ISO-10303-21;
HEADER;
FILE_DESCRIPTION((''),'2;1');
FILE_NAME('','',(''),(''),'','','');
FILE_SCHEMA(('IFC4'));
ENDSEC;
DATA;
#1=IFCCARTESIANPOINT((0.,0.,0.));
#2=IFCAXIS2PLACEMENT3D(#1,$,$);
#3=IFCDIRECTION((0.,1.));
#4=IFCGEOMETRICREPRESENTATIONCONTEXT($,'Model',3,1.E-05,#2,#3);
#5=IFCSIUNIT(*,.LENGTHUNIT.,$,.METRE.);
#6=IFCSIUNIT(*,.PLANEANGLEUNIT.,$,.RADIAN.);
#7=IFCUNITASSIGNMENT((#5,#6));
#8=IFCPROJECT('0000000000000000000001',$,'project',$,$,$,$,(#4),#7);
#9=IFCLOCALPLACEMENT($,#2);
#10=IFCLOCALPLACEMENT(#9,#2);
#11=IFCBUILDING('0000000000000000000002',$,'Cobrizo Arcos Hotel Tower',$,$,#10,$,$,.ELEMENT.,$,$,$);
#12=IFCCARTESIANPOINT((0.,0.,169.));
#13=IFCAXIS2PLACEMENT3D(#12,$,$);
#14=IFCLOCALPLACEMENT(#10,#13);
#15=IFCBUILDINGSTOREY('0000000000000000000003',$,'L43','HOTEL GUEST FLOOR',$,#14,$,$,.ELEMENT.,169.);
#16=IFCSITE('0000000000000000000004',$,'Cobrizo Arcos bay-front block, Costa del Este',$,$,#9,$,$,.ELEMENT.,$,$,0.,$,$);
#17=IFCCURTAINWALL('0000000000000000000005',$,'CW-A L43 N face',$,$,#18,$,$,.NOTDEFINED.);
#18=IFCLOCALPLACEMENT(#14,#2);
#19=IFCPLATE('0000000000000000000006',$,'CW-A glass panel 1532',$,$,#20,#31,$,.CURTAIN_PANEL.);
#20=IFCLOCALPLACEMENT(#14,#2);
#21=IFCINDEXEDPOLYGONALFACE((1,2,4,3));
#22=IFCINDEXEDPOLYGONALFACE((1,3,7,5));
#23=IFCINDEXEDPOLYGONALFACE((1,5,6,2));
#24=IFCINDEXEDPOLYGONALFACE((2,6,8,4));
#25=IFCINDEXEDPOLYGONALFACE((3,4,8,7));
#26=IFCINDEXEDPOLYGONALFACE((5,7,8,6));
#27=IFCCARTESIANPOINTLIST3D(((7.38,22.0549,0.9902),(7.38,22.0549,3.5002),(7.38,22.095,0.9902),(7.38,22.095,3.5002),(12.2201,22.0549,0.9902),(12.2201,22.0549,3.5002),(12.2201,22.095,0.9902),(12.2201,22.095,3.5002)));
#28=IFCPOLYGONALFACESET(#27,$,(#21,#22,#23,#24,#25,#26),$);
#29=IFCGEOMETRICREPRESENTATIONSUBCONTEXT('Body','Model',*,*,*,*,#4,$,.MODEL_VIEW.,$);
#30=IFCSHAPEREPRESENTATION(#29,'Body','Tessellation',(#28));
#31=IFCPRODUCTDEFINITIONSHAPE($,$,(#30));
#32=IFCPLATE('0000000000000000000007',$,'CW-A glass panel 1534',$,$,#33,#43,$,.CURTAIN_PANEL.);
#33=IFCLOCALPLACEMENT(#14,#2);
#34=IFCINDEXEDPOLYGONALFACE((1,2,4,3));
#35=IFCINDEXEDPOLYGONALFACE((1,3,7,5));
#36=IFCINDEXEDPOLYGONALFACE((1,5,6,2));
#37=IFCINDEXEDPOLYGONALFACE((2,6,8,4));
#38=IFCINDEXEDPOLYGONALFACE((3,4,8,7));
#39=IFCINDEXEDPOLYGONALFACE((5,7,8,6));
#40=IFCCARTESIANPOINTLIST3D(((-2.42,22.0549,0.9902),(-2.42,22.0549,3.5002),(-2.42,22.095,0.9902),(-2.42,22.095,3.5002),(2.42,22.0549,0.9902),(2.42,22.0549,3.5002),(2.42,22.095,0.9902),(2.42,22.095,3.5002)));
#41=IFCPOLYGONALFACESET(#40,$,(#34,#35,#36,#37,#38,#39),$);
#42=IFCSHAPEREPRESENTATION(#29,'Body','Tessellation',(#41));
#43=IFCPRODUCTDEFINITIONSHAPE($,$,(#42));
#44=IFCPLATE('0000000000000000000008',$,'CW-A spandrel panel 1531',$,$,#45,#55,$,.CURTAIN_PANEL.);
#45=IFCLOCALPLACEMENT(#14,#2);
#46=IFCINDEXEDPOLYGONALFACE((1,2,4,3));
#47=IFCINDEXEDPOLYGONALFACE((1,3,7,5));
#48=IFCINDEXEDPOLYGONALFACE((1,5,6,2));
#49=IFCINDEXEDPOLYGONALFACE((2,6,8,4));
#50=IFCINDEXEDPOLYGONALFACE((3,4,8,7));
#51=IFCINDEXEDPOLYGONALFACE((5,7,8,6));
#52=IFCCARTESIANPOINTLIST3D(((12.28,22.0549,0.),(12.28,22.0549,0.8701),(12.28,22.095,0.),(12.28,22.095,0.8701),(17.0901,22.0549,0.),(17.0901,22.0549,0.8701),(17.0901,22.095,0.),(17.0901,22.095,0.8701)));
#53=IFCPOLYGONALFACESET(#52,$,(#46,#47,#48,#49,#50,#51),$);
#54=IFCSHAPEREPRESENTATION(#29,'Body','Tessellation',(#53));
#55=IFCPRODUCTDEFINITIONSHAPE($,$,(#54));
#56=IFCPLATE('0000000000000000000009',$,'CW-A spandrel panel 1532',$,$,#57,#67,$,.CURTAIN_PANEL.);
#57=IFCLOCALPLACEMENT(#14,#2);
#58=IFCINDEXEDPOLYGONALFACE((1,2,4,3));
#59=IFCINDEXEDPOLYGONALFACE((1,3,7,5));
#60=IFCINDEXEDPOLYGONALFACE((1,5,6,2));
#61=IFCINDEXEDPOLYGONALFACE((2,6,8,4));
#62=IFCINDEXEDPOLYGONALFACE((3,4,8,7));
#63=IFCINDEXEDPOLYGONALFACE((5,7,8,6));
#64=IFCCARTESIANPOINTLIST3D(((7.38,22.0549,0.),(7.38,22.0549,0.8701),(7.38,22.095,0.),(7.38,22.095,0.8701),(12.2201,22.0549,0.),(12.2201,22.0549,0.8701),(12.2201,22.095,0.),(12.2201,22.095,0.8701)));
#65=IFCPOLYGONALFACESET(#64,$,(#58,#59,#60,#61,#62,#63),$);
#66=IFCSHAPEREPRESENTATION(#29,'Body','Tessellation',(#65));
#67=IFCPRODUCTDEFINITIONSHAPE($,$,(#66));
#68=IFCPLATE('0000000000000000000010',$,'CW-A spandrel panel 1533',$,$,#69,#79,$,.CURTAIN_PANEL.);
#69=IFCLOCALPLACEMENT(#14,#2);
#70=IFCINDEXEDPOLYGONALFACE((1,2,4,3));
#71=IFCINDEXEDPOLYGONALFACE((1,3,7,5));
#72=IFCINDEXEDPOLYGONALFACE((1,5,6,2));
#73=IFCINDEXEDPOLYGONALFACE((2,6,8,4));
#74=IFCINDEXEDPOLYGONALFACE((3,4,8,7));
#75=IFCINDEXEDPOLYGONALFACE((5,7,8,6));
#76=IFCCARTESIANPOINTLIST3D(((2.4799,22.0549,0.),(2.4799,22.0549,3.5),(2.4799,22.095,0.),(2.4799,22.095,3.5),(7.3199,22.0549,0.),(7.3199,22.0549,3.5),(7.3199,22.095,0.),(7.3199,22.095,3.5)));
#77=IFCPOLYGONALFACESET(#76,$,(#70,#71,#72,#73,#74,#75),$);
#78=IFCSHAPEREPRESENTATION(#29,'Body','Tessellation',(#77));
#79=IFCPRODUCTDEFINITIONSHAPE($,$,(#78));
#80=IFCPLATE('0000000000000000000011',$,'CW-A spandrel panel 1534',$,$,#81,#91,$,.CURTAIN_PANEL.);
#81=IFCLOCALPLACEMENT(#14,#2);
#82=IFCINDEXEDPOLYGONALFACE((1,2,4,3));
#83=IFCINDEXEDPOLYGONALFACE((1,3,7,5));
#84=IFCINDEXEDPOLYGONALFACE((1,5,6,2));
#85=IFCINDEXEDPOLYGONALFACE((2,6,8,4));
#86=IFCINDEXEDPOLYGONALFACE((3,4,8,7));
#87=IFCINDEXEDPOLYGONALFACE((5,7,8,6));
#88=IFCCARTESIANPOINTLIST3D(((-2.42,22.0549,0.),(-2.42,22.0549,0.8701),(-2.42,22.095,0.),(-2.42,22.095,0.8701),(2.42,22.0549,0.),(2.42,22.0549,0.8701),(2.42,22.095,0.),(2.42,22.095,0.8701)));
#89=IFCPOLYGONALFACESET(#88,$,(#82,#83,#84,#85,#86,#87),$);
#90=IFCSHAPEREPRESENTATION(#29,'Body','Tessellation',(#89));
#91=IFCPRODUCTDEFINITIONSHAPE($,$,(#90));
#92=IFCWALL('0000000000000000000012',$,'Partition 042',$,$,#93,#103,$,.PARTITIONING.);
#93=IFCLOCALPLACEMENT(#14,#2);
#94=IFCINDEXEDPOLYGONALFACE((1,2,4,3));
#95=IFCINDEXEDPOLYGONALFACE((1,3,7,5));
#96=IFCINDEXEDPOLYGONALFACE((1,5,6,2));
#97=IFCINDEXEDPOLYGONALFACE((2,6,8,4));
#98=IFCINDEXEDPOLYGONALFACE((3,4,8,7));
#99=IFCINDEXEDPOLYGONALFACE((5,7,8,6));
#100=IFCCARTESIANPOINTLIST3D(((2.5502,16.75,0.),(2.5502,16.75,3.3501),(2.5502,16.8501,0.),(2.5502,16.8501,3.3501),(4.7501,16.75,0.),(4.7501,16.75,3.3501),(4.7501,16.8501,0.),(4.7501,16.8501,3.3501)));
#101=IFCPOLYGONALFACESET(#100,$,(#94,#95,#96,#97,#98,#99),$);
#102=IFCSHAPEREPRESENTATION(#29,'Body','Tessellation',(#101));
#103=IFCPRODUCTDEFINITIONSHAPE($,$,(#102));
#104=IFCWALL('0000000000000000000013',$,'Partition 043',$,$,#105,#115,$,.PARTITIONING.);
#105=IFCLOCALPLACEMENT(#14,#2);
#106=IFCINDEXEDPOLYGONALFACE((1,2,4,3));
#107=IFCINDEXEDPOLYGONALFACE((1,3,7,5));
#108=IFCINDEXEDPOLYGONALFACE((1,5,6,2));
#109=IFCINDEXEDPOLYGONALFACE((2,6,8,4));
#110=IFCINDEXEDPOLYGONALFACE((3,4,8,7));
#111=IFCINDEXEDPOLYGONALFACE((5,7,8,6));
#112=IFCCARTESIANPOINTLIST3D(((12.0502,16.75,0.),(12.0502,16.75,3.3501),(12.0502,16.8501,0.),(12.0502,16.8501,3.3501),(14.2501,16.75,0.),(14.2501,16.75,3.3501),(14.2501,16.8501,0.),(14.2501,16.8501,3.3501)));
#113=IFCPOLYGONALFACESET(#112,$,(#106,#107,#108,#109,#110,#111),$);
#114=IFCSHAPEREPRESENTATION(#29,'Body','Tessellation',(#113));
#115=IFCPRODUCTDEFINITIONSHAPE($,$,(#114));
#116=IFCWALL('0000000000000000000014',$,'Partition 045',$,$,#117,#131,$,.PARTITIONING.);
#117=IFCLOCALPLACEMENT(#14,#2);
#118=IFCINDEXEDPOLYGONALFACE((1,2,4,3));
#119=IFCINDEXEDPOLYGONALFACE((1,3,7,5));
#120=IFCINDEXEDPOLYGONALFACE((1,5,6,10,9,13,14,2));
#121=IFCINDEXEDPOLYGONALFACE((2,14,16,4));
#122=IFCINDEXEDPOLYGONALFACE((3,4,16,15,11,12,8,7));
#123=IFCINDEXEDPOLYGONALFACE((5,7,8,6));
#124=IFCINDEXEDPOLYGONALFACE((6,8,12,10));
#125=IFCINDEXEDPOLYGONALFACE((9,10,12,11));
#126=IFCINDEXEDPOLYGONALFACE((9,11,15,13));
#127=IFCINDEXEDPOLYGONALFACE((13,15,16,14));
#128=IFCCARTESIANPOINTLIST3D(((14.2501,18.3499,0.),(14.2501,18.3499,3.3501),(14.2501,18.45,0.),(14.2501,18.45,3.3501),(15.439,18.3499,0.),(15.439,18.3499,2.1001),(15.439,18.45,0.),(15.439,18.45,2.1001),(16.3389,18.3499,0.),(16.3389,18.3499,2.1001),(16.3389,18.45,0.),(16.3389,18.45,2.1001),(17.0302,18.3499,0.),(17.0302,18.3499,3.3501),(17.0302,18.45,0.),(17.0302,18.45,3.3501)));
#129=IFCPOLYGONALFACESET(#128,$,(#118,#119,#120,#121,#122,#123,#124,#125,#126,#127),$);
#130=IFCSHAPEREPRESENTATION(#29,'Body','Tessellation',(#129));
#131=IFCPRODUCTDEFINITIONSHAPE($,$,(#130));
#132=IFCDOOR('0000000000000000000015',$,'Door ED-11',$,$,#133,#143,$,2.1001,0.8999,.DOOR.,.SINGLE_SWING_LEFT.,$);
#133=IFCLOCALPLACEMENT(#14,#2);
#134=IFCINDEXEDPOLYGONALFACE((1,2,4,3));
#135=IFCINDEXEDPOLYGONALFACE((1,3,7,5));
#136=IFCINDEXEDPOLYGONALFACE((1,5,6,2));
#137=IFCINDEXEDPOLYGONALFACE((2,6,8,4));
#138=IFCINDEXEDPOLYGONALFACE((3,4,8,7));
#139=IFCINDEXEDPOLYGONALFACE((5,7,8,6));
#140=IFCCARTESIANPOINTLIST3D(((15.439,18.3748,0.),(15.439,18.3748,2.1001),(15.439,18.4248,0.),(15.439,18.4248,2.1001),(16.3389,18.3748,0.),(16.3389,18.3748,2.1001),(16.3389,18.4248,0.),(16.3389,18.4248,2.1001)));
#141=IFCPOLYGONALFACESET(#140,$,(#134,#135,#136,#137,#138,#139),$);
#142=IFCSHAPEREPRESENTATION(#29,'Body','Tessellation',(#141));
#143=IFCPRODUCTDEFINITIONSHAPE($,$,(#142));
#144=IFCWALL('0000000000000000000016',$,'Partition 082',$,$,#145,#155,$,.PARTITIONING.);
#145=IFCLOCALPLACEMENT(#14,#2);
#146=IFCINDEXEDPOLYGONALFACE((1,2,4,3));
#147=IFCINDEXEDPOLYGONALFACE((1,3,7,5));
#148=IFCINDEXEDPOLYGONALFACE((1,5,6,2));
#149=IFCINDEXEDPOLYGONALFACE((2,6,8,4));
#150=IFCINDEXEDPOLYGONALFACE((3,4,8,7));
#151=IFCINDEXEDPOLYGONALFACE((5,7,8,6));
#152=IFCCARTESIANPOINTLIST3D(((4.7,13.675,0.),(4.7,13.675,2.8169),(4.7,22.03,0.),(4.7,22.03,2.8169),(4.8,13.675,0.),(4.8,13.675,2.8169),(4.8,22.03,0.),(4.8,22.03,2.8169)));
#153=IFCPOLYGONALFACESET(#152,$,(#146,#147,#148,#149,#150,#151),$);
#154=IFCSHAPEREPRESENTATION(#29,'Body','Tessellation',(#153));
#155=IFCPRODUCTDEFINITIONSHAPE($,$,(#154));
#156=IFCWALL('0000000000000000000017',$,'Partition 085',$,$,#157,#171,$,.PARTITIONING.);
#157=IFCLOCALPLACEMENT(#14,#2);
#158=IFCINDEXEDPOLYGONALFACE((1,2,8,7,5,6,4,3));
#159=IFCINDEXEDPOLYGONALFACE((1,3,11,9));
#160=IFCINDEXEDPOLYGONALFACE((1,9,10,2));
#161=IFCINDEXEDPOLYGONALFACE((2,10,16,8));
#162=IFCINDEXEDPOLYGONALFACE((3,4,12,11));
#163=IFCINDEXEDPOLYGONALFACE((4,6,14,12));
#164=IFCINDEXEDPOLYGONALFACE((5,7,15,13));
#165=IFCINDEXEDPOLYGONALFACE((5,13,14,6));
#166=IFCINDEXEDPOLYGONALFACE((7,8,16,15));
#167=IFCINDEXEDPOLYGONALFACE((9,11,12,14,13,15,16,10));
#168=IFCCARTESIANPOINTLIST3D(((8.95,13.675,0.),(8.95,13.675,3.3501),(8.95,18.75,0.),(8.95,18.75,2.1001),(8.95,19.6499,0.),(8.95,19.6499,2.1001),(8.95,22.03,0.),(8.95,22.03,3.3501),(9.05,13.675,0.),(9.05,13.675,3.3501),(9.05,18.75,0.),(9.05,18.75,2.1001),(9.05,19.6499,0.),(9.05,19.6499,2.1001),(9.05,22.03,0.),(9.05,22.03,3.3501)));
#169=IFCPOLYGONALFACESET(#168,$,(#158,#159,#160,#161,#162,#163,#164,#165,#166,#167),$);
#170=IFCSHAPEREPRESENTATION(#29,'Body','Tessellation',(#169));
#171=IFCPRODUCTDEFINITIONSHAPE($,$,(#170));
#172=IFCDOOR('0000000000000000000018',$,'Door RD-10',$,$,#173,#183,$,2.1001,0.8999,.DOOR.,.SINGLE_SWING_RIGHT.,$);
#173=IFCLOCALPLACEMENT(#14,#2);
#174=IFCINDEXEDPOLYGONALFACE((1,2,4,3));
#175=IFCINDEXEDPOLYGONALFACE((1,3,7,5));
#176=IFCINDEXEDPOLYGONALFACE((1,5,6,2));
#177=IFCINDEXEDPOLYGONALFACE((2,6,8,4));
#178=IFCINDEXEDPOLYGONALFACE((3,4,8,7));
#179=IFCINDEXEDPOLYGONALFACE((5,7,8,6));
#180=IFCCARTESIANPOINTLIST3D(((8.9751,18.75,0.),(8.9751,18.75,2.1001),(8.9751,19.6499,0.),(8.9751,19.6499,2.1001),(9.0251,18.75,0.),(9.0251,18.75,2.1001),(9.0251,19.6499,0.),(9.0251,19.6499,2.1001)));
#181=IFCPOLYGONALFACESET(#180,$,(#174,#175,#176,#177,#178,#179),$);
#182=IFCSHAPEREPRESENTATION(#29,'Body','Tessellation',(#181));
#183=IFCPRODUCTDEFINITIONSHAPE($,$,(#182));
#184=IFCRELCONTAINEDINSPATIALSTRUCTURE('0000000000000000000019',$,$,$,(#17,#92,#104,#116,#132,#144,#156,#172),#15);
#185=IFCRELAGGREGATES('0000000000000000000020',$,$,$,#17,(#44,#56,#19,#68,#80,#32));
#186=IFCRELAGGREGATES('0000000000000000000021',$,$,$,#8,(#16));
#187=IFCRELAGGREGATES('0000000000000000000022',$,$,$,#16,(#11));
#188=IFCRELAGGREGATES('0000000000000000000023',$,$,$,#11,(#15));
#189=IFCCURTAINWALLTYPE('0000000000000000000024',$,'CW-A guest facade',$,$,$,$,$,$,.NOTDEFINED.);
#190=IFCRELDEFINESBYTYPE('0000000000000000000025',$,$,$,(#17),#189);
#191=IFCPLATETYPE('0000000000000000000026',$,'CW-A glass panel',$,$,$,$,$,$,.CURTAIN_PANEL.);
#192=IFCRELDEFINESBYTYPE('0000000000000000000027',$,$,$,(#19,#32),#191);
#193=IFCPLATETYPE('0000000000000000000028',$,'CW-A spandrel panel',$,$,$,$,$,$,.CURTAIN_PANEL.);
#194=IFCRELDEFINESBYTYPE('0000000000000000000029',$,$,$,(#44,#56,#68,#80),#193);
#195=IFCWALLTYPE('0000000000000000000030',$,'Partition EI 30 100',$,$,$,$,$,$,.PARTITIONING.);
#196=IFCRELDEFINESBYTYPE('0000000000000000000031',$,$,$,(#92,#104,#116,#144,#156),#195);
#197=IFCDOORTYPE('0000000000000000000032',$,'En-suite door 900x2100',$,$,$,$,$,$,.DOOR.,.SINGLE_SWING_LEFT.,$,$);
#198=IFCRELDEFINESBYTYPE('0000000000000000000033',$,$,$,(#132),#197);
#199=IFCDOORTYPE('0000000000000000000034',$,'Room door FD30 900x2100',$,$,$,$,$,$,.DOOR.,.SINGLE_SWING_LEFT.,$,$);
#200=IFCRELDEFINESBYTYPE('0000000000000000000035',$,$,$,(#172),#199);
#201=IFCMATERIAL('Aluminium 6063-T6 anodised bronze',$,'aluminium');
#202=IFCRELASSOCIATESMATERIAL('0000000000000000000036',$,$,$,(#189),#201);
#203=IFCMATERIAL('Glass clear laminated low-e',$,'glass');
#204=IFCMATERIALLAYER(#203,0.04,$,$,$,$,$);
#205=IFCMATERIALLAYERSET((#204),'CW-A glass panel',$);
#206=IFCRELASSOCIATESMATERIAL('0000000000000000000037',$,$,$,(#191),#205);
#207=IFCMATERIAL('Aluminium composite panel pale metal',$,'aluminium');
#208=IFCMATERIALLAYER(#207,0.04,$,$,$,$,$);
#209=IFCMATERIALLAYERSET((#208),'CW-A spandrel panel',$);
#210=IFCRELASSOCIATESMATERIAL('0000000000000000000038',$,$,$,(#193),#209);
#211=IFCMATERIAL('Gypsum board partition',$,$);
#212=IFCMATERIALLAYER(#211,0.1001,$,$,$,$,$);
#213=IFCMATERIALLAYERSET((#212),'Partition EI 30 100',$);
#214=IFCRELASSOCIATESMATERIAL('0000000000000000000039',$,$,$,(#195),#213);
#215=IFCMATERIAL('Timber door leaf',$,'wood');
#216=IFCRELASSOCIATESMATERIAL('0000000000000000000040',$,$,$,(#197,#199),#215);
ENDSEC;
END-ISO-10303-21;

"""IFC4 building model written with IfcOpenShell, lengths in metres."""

from ifc_helpers import new_model, si_unit, direction, frame, frame_2d, origin, origin_2d, place, context, subcontext, project, spatial, rectangle, extrude, material, layer, layer_set, type_object, element, fill, aggregate, save


model = new_model("IFC4")

# Units and contexts
model_context = context("Model", 3, precision=1e-05, world=origin(), true_north=direction((0.0, 1.0)))
body_context = subcontext(model_context, "Body", "Model", "MODEL_VIEW")
ifc_project = project(units=[si_unit("LENGTHUNIT", "METRE"), si_unit("PLANEANGLEUNIT", "RADIAN")], contexts=[model_context])

# Site, building, storey
site_placement = place(None, origin())
site = spatial("IfcSite", under=ifc_project, at=site_placement, Name="Cobrizo Arcos bay-front block, Costa del Este", CompositionType="ELEMENT", RefElevation=0.0)
building_placement = place(site_placement, origin())
building = spatial("IfcBuilding", under=site, at=building_placement, Name="Cobrizo Arcos Hotel Tower", CompositionType="ELEMENT")
storey_placement = place(building_placement, frame((0.0, 0.0, 169.0)))
storey = spatial("IfcBuildingStorey", under=building, at=storey_placement, Name="L43", Description="HOTEL GUEST FLOOR", CompositionType="ELEMENT", Elevation=169.0)

# Curtain wall
ifc_material_1 = material(Name="Aluminium 6063-T6 anodised bronze", Category="aluminium")
curtain_wall_type = type_object("IfcCurtainWallType", Name="CW-A guest facade", PredefinedType="NOTDEFINED", material=ifc_material_1)
curtain_wall_placement = place(storey_placement, origin())
curtain_wall = element("IfcCurtainWall", 1, at=curtain_wall_placement, inside=storey, type_object=curtain_wall_type, Name="CW-A L43 N face", PredefinedType="NOTDEFINED")

# Plates
ifc_material_2 = material(Name="Glass clear laminated low-e", Category="glass")
ifc_layer_1 = layer(ifc_material_2, 0.04)
ifc_layer_set_1 = layer_set([ifc_layer_1], Name="CW-A glass panel")
plate_type_1 = type_object("IfcPlateType", Name="CW-A glass panel", PredefinedType="CURTAIN_PANEL", material=ifc_layer_set_1)
plate_1_placement = place(storey_placement, frame((9.8, 22.075, 0.9902), z_axis=(0.0, 0.0, 1.0), x_axis=(-1.0, 0.0, 0.0)))
plate_1 = element("IfcPlate", 2, at=plate_1_placement, type_object=plate_type_1, Name="CW-A glass panel 1532", PredefinedType="CURTAIN_PANEL", context=body_context, shape_type="SweptSolid", body=[
    extrude(rectangle(XDim=4.8401, YDim=0.04, at=origin_2d()), origin(), (0.0, 0.0, 1.0), 2.51),
])
plate_2_placement = place(storey_placement, frame((0.0, 22.075, 0.9902), z_axis=(0.0, 0.0, 1.0), x_axis=(-1.0, 0.0, 0.0)))
plate_2 = element("IfcPlate", 3, at=plate_2_placement, type_object=plate_type_1, Name="CW-A glass panel 1534", PredefinedType="CURTAIN_PANEL", context=body_context, shape_type="SweptSolid", body=[
    extrude(rectangle(XDim=4.8401, YDim=0.04, at=origin_2d()), origin(), (0.0, 0.0, 1.0), 2.51),
])
ifc_material_3 = material(Name="Aluminium composite panel pale metal", Category="aluminium")
ifc_layer_2 = layer(ifc_material_3, 0.04)
ifc_layer_set_2 = layer_set([ifc_layer_2], Name="CW-A spandrel panel")
plate_type_2 = type_object("IfcPlateType", Name="CW-A spandrel panel", PredefinedType="CURTAIN_PANEL", material=ifc_layer_set_2)
plate_3_placement = place(storey_placement, frame((14.6851, 22.075, 0.0), z_axis=(0.0, 0.0, 1.0), x_axis=(-1.0, 0.0, 0.0)))
plate_3 = element("IfcPlate", 4, at=plate_3_placement, type_object=plate_type_2, Name="CW-A spandrel panel 1531", PredefinedType="CURTAIN_PANEL", context=body_context, shape_type="SweptSolid", body=[
    extrude(rectangle(XDim=4.8101, YDim=0.04, at=origin_2d()), origin(), (0.0, 0.0, 1.0), 0.8701),
])
plate_4_placement = place(storey_placement, frame((9.8, 22.075, 0.0), z_axis=(0.0, 0.0, 1.0), x_axis=(-1.0, 0.0, 0.0)))
plate_4 = element("IfcPlate", 5, at=plate_4_placement, type_object=plate_type_2, Name="CW-A spandrel panel 1532", PredefinedType="CURTAIN_PANEL", context=body_context, shape_type="SweptSolid", body=[
    extrude(rectangle(XDim=4.8401, YDim=0.04, at=origin_2d()), origin(), (0.0, 0.0, 1.0), 0.8701),
])
plate_5_placement = place(storey_placement, frame((4.8999, 22.075, 0.0), z_axis=(0.0, 0.0, 1.0), x_axis=(-1.0, 0.0, 0.0)))
plate_5 = element("IfcPlate", 6, at=plate_5_placement, type_object=plate_type_2, Name="CW-A spandrel panel 1533", PredefinedType="CURTAIN_PANEL", context=body_context, shape_type="SweptSolid", body=[
    extrude(rectangle(XDim=4.8401, YDim=0.04, at=origin_2d()), origin(), (0.0, 0.0, 1.0), 3.5),
])
plate_6_placement = place(storey_placement, frame((0.0, 22.075, 0.0), z_axis=(0.0, 0.0, 1.0), x_axis=(-1.0, 0.0, 0.0)))
plate_6 = element("IfcPlate", 7, at=plate_6_placement, type_object=plate_type_2, Name="CW-A spandrel panel 1534", PredefinedType="CURTAIN_PANEL", context=body_context, shape_type="SweptSolid", body=[
    extrude(rectangle(XDim=4.8401, YDim=0.04, at=origin_2d()), origin(), (0.0, 0.0, 1.0), 0.8701),
])
aggregate(curtain_wall, [plate_3, plate_4, plate_1, plate_5, plate_6, plate_2])

# Walls
ifc_material_4 = material(Name="Gypsum board partition")
ifc_layer_3 = layer(ifc_material_4, 0.1001)
ifc_layer_set_3 = layer_set([ifc_layer_3], Name="Partition EI 30 100")
wall_type = type_object("IfcWallType", Name="Partition EI 30 100", PredefinedType="PARTITIONING", material=ifc_layer_set_3)
for number, where, z_axis, x_axis, name in (
    (8, (2.55, 16.8, 0.0), (0.0, 0.0, 1.0), (1.0, 0.0, 0.0), "Partition 042"),
    (9, (12.05, 16.8, 0.0), (0.0, 0.0, 1.0), (1.0, 0.0, 0.0), "Partition 043"),
):
    element("IfcWall", number, at=place(storey_placement, frame(where, z_axis=z_axis, x_axis=x_axis)), inside=storey, type_object=wall_type, Name=name, PredefinedType="PARTITIONING", context=body_context, shape_type="SweptSolid", body=[
        extrude(rectangle(XDim=2.2, YDim=0.1001, at=frame_2d((1.1001, 0.0))), origin(), (0.0, 0.0, 1.0), 3.3501),
    ])

# Wall, opening, door
wall_1_placement = place(storey_placement, frame((14.25, 18.3999, 0.0), z_axis=(0.0, 0.0, 1.0), x_axis=(1.0, 0.0, 0.0)))
wall_1 = element("IfcWall", 10, at=wall_1_placement, inside=storey, type_object=wall_type, Name="Partition 045", PredefinedType="PARTITIONING", context=body_context, shape_type="SweptSolid", body=[
    extrude(rectangle(XDim=2.78, YDim=0.1001, at=frame_2d((1.3901, 0.0))), origin(), (0.0, 0.0, 1.0), 3.3501),
])
opening_1_placement = place(wall_1_placement, frame((1.189, 0.0, 0.0)))
opening_1 = element("IfcOpeningElement", 11, at=opening_1_placement, cuts=wall_1, PredefinedType="OPENING", context=body_context, shape_type="SweptSolid", body=[
    extrude(rectangle(XDim=0.8999, YDim=2.1001, at=frame_2d((0.45, 1.05))), frame((0.0, 0.062, 0.0), z_axis=(0.0, -1.0, 0.0), x_axis=(1.0, 0.0, 0.0)), (0.0, 0.0, 1.0), 0.124),
])
ifc_material_5 = material(Name="Timber door leaf", Category="wood")
door_type_1 = type_object("IfcDoorType", Name="En-suite door 900x2100", OperationType="SINGLE_SWING_LEFT", PredefinedType="DOOR", material=ifc_material_5)
door_1_placement = place(opening_1_placement, origin())
door_1 = element("IfcDoor", 12, at=door_1_placement, inside=storey, type_object=door_type_1, Name="Door ED-11", OperationType="SINGLE_SWING_LEFT", OverallHeight=2.1001, OverallWidth=0.8999, PredefinedType="DOOR", context=body_context, shape_type="SweptSolid", body=[
    extrude(rectangle(XDim=0.8999, YDim=2.1001, at=frame_2d((0.45, 1.05))), frame((0.0, 0.0249, 0.0), z_axis=(0.0, -1.0, 0.0), x_axis=(1.0, 0.0, 0.0)), (0.0, 0.0, 1.0), 0.05),
])
fill(opening_1, door_1)

# Wall
wall_2_placement = place(storey_placement, frame((4.75, 13.675, 0.0), z_axis=(0.0, 0.0, 1.0), x_axis=(0.0, 1.0, 0.0)))
element("IfcWall", 13, at=wall_2_placement, inside=storey, type_object=wall_type, Name="Partition 082", PredefinedType="PARTITIONING", context=body_context, shape_type="SweptSolid", body=[
    extrude(rectangle(XDim=8.355, YDim=0.1001, at=frame_2d((4.1775, 0.0))), origin(), (0.0, 0.0, 1.0), 2.8169),
])

# Wall, opening, door
wall_3_placement = place(storey_placement, frame((9.0, 13.675, 0.0), z_axis=(0.0, 0.0, 1.0), x_axis=(0.0, 1.0, 0.0)))
wall_3 = element("IfcWall", 14, at=wall_3_placement, inside=storey, type_object=wall_type, Name="Partition 085", PredefinedType="PARTITIONING", context=body_context, shape_type="SweptSolid", body=[
    extrude(rectangle(XDim=8.355, YDim=0.1001, at=frame_2d((4.1775, 0.0))), origin(), (0.0, 0.0, 1.0), 3.3501),
])
opening_2_placement = place(wall_3_placement, frame((5.075, 0.0, 0.0)))
opening_2 = element("IfcOpeningElement", 15, at=opening_2_placement, cuts=wall_3, PredefinedType="OPENING", context=body_context, shape_type="SweptSolid", body=[
    extrude(rectangle(XDim=0.8999, YDim=2.1001, at=frame_2d((0.45, 1.05))), frame((0.0, 0.062, 0.0), z_axis=(0.0, -1.0, 0.0), x_axis=(1.0, 0.0, 0.0)), (0.0, 0.0, 1.0), 0.124),
])
door_type_2 = type_object("IfcDoorType", Name="Room door FD30 900x2100", OperationType="SINGLE_SWING_LEFT", PredefinedType="DOOR", material=ifc_material_5)
door_2_placement = place(opening_2_placement, origin())
door_2 = element("IfcDoor", 16, at=door_2_placement, inside=storey, type_object=door_type_2, Name="Door RD-10", OperationType="SINGLE_SWING_RIGHT", OverallHeight=2.1001, OverallWidth=0.8999, PredefinedType="DOOR", context=body_context, shape_type="SweptSolid", body=[
    extrude(rectangle(XDim=0.8999, YDim=2.1001, at=frame_2d((0.45, 1.05))), frame((0.0, 0.0249, 0.0), z_axis=(0.0, -1.0, 0.0), x_axis=(1.0, 0.0, 0.0)), (0.0, 0.0, 1.0), 0.05),
])
fill(opening_2, door_2)

save(model, "model.ifc")
